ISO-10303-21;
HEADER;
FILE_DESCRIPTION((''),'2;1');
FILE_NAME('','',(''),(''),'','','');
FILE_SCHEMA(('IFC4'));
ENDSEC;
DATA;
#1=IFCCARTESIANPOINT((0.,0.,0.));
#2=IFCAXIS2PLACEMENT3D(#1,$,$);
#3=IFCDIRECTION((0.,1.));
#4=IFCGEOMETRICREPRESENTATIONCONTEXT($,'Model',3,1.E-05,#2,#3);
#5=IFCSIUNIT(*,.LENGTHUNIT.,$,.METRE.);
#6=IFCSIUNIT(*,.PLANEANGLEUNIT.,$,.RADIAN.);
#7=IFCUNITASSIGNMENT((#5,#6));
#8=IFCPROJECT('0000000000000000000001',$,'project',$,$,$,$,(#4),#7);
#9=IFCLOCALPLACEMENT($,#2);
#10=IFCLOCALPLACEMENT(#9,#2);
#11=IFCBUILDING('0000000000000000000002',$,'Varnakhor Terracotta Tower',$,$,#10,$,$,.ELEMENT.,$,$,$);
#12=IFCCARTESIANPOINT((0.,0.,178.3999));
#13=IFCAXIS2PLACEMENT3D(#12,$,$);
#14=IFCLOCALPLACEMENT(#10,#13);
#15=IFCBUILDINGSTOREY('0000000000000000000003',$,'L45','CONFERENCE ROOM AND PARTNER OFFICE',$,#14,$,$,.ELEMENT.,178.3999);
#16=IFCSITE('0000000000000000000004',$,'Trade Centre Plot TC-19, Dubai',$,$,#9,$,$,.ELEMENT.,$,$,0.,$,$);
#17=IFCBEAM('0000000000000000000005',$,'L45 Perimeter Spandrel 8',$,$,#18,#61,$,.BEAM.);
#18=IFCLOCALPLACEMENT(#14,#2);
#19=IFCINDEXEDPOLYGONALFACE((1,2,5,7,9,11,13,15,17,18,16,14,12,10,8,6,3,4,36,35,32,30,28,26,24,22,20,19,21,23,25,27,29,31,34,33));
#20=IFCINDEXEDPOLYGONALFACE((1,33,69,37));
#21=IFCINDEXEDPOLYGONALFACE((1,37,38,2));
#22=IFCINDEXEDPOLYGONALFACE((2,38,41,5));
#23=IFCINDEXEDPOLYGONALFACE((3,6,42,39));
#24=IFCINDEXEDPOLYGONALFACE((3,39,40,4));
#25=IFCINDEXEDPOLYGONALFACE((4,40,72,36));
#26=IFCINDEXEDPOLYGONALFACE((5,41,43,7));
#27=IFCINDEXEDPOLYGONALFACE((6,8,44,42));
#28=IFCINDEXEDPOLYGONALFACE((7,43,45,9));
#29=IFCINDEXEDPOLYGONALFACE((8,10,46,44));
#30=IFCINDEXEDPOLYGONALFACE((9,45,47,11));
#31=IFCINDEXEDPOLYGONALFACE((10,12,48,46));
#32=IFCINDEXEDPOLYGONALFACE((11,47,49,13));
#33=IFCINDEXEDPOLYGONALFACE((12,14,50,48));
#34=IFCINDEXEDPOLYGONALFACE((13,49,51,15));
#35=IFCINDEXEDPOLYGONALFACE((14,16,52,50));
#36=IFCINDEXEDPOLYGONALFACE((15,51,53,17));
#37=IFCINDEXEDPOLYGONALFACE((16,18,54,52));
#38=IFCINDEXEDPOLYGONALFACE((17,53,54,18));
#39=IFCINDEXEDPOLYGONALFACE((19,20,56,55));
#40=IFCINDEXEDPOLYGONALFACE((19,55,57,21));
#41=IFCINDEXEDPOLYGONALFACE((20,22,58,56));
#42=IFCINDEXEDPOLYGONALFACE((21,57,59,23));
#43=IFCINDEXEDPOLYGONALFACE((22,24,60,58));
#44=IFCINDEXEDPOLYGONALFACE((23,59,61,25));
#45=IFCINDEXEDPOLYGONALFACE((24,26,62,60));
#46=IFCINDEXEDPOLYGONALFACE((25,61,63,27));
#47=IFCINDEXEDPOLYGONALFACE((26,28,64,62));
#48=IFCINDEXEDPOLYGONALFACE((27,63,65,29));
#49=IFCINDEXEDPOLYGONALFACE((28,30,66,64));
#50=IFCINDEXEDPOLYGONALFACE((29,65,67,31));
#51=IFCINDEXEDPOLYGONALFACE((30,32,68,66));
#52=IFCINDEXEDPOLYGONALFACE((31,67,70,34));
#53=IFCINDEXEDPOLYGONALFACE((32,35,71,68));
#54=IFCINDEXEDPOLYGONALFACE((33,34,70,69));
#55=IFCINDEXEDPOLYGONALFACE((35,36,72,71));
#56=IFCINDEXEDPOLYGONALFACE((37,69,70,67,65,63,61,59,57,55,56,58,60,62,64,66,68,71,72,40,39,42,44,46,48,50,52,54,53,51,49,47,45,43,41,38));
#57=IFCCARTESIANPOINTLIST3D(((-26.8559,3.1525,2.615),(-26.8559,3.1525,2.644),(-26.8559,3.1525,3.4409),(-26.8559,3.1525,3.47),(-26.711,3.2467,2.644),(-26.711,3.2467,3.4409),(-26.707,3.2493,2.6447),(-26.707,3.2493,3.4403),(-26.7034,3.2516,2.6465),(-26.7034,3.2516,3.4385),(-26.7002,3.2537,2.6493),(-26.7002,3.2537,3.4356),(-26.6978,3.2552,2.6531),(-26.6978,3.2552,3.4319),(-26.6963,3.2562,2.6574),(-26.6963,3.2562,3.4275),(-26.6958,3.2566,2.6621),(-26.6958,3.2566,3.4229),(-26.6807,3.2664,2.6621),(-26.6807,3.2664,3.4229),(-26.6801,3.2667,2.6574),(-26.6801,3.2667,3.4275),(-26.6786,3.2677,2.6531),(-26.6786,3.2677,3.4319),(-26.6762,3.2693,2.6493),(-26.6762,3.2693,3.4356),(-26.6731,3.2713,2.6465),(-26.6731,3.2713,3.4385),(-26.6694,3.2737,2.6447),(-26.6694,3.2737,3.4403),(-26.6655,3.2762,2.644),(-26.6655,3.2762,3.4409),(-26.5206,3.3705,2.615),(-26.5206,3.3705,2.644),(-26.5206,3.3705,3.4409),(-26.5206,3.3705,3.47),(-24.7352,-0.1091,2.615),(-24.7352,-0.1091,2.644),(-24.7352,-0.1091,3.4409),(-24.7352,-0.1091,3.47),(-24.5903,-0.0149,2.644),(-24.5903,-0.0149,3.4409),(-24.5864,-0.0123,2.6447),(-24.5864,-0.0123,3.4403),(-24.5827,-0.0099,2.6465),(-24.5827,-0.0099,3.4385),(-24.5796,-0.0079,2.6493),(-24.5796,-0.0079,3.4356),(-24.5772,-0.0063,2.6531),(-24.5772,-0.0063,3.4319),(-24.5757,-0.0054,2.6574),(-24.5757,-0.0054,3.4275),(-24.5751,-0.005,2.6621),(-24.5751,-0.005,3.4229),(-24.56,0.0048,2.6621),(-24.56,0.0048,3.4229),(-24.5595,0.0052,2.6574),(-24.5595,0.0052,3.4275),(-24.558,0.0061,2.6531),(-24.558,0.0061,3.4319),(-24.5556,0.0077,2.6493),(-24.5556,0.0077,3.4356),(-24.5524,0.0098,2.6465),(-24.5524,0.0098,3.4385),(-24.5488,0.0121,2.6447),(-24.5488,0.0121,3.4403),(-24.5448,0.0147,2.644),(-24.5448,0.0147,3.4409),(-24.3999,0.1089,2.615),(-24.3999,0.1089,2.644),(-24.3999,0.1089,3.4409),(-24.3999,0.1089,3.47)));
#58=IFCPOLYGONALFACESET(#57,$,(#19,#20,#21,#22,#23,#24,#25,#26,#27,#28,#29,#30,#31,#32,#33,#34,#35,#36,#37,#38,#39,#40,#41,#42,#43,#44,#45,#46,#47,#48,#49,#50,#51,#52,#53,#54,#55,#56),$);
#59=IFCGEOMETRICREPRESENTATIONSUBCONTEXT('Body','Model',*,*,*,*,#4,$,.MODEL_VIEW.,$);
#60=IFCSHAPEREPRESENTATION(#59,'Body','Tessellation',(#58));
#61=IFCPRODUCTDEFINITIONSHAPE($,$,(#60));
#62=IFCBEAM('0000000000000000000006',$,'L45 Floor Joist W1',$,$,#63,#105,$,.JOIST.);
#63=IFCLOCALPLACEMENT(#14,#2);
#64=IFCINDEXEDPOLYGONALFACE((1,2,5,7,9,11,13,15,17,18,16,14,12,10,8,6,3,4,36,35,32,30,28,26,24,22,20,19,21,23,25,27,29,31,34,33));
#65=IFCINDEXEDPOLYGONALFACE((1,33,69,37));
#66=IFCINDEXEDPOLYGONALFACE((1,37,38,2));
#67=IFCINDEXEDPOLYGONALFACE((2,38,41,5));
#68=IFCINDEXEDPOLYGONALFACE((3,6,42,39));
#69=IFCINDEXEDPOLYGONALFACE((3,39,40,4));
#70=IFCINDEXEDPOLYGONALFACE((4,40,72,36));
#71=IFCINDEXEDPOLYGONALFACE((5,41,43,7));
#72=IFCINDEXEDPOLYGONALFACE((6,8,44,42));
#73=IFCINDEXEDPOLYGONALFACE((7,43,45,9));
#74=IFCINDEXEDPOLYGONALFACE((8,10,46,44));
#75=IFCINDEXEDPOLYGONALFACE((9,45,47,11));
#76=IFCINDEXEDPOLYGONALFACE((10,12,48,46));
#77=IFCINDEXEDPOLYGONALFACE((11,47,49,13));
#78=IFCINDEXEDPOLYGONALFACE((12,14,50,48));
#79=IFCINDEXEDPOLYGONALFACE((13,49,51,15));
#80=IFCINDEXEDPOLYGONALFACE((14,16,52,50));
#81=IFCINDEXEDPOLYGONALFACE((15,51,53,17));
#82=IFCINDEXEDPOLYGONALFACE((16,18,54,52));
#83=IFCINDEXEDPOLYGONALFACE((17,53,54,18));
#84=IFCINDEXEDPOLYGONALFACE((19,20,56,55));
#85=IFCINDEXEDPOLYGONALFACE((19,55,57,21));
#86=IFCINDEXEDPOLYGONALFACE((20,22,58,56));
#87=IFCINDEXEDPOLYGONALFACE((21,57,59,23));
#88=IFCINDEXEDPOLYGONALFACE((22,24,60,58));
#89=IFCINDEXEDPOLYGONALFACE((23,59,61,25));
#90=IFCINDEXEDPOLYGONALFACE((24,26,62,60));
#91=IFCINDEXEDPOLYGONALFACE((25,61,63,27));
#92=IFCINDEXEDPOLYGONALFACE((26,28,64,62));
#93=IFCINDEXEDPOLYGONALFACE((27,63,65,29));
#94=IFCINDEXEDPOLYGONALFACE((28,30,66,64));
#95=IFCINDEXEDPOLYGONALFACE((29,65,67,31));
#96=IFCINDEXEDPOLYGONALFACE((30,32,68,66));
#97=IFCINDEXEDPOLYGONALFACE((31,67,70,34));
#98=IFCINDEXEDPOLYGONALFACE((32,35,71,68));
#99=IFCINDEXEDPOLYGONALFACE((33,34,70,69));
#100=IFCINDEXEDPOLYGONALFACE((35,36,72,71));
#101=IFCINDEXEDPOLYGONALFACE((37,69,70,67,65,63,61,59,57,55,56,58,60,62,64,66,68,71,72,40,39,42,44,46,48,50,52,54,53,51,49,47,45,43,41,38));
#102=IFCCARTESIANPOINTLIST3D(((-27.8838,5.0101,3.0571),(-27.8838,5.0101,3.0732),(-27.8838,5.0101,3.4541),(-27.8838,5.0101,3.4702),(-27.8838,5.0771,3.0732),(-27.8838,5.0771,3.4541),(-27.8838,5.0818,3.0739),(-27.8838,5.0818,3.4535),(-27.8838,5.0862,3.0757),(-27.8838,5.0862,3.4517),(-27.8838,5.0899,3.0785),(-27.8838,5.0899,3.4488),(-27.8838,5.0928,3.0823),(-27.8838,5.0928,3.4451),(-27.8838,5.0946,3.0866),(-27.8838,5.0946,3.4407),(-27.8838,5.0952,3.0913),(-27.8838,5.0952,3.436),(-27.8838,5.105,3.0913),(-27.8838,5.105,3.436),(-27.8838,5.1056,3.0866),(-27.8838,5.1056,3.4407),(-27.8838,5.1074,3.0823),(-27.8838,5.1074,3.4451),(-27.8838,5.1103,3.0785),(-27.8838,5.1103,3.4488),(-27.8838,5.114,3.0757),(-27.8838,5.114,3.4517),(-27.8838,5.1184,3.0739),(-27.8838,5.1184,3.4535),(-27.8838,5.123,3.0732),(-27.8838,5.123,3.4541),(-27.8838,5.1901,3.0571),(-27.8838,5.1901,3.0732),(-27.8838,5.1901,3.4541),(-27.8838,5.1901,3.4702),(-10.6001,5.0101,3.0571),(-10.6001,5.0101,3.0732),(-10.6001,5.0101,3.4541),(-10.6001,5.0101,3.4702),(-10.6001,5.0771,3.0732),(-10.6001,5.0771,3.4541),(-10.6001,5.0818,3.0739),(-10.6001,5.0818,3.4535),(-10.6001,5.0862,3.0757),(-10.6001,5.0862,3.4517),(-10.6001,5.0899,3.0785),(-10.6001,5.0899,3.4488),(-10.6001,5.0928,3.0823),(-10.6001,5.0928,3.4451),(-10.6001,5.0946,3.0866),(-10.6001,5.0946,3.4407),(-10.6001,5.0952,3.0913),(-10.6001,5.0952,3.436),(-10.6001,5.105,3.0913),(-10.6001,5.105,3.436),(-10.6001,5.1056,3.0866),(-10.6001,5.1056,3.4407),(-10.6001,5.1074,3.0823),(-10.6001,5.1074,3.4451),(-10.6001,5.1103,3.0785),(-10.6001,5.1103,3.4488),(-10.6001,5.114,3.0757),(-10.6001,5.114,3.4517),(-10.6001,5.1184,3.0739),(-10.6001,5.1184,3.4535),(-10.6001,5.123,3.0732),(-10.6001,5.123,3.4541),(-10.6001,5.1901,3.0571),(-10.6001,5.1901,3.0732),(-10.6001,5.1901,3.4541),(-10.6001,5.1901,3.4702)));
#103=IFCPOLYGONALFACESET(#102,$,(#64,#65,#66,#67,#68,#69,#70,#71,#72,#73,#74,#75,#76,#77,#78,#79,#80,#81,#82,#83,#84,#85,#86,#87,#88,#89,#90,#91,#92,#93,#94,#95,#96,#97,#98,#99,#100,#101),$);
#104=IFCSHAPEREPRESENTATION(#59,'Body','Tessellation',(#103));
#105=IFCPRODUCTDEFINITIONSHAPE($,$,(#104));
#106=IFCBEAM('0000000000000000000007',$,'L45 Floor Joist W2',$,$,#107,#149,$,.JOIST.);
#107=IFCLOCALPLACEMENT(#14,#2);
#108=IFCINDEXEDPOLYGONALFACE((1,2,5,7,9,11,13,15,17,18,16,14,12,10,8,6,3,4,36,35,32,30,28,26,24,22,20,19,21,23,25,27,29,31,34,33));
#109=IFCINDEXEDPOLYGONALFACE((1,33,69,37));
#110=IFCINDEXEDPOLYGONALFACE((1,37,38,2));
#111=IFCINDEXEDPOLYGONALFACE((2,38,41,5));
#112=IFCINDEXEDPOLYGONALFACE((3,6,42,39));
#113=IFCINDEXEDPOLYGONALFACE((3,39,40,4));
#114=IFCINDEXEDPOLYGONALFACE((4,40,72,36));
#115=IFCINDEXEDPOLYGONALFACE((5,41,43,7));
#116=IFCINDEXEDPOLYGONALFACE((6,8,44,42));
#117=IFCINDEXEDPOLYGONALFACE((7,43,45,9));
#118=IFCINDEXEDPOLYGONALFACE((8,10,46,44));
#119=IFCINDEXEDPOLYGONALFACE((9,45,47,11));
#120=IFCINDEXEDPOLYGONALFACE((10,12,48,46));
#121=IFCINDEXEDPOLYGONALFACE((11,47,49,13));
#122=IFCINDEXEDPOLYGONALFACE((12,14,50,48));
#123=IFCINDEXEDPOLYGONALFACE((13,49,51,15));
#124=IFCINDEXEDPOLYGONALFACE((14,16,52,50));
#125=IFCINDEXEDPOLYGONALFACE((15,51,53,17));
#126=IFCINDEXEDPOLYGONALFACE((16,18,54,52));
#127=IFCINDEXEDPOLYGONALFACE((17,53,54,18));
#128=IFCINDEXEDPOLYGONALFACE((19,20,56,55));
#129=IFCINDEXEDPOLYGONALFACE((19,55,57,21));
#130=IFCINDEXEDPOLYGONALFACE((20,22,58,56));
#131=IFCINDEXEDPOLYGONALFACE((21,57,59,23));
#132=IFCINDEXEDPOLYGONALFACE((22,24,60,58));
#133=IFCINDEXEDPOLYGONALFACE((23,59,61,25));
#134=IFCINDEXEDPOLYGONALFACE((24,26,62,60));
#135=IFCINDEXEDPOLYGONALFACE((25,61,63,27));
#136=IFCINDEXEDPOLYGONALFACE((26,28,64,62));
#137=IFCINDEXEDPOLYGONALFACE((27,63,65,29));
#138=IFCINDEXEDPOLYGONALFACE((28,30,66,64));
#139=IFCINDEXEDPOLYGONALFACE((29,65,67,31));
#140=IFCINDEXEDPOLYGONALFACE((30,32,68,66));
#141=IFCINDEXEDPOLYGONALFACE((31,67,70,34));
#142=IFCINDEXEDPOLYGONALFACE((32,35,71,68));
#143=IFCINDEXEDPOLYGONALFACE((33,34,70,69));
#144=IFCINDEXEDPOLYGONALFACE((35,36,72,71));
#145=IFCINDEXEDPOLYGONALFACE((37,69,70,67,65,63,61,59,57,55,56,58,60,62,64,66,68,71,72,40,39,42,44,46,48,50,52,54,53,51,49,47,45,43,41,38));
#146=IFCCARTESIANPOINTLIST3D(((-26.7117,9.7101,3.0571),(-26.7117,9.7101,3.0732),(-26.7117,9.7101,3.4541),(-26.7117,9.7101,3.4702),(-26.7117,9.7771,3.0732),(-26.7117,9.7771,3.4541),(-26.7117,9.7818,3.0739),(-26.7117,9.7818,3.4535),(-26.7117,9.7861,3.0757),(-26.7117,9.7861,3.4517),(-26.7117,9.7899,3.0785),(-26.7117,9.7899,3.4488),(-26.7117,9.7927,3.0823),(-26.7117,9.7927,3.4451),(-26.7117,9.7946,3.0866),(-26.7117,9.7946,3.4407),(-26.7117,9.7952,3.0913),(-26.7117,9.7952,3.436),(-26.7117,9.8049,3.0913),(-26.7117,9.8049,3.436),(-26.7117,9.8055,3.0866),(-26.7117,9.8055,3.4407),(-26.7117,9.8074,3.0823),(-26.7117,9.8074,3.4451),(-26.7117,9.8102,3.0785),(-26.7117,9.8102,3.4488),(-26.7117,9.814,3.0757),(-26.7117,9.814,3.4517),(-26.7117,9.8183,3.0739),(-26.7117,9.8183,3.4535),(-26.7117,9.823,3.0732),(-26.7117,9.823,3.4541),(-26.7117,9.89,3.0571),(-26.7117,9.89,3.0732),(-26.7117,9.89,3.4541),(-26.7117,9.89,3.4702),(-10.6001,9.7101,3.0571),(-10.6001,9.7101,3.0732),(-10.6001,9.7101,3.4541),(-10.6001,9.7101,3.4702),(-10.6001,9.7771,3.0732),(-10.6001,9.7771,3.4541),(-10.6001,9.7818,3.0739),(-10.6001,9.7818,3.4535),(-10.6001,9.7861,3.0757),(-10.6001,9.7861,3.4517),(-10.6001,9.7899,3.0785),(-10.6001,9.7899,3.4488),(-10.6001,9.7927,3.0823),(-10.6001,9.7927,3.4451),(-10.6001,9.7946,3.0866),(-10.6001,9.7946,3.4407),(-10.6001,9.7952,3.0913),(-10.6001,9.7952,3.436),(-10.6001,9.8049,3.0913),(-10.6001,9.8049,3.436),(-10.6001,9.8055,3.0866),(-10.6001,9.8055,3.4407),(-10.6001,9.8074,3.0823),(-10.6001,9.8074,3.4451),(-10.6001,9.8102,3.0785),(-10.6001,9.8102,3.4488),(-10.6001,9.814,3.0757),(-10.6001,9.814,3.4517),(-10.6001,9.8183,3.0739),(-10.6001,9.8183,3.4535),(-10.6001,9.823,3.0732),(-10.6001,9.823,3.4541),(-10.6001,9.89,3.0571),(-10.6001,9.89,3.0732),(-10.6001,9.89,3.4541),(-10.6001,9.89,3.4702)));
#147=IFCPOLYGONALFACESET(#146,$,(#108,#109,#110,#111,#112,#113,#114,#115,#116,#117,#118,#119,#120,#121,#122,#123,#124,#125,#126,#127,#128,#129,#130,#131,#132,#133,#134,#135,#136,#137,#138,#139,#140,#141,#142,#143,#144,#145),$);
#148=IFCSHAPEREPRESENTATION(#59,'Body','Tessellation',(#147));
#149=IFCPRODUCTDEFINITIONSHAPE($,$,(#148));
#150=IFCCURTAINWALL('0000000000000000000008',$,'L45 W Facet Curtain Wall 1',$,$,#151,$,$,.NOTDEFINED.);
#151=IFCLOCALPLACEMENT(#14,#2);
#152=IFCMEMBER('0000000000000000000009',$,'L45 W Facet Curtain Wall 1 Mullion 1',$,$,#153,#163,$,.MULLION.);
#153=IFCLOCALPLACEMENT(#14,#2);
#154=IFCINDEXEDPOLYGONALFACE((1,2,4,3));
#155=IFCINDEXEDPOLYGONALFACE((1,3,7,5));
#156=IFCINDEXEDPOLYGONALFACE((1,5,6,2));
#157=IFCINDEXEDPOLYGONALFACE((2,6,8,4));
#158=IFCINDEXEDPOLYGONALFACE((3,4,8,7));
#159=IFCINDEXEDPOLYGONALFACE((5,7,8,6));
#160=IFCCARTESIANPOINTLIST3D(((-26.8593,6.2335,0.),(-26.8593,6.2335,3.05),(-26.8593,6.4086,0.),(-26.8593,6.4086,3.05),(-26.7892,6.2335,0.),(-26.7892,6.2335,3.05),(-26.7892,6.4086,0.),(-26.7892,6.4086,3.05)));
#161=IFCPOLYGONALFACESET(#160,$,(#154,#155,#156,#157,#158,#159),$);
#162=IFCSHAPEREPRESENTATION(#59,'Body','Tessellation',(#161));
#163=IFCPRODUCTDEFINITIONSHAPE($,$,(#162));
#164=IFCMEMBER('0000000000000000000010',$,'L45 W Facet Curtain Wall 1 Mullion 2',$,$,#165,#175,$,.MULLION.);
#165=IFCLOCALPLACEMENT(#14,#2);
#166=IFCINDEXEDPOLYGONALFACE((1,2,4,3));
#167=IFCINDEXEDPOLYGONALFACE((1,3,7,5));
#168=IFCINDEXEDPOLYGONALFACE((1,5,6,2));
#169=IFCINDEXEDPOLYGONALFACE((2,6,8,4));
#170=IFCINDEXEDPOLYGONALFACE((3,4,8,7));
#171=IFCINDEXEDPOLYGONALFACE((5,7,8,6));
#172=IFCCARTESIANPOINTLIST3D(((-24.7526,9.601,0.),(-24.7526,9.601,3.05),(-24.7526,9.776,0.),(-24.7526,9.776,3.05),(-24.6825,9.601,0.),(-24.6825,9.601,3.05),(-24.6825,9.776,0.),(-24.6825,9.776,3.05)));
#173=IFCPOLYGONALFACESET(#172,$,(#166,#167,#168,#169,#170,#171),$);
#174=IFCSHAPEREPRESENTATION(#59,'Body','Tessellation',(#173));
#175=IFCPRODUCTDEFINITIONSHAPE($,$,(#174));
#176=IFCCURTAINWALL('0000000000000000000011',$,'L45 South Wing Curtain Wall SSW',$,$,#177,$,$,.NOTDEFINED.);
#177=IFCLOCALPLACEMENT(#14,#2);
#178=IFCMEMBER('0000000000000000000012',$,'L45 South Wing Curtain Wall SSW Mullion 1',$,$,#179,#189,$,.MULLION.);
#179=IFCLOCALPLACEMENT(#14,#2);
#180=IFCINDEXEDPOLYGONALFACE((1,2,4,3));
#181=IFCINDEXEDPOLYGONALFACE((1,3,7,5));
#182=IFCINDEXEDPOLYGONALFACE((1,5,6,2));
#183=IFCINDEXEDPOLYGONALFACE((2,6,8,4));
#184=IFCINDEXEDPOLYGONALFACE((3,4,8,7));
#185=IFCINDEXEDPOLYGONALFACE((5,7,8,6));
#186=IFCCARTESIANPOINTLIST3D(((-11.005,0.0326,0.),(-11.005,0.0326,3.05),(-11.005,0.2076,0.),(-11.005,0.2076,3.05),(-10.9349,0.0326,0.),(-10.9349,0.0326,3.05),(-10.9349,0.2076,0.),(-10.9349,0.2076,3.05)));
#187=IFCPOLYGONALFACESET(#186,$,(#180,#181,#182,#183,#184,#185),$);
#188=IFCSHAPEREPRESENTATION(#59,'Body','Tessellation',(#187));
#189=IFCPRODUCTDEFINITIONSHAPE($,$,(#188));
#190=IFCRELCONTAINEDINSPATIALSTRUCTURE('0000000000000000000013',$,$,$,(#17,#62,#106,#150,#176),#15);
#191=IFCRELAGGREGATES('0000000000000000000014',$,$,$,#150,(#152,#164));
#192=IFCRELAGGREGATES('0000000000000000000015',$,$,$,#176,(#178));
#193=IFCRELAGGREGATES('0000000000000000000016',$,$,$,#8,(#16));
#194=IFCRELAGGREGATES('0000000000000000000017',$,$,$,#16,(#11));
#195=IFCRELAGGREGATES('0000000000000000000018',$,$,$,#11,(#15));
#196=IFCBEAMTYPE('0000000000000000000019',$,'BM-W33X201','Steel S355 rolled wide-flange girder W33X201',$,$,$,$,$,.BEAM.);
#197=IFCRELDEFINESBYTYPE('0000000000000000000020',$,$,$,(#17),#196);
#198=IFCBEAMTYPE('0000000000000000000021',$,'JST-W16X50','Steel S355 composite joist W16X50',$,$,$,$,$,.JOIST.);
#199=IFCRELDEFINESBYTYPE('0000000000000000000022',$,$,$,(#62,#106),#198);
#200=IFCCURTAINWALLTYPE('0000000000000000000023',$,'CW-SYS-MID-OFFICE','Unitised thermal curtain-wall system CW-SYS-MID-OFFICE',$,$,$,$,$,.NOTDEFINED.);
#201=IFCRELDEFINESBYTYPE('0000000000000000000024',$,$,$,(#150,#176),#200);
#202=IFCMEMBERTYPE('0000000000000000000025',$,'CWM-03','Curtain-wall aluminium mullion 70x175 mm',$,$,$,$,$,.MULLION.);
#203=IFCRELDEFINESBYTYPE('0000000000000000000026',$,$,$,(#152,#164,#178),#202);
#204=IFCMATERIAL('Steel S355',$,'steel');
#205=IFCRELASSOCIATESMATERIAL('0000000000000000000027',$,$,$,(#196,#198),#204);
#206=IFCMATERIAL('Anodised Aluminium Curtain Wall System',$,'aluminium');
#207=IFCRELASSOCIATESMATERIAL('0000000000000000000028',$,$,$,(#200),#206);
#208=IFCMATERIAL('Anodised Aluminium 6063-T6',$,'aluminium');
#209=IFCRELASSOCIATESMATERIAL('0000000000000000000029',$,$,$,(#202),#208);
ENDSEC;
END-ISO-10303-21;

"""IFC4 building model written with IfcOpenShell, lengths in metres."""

from ifc_helpers import new_model, si_unit, direction, frame, origin, origin_2d, place, context, subcontext, project, spatial, rectangle, i_section, extrude, source, transform, mapped, material, material_profile, profile_set, type_object, element, aggregate, save


model = new_model("IFC4")

# Units and contexts
model_context = context("Model", 3, precision=1e-05, world=origin(), true_north=direction((0.0, 1.0)))
body_context = subcontext(model_context, "Body", "Model", "MODEL_VIEW")
ifc_project = project(units=[si_unit("LENGTHUNIT", "METRE"), si_unit("PLANEANGLEUNIT", "RADIAN")], contexts=[model_context])

# Site, building, storey
site_placement = place(None, origin())
site = spatial("IfcSite", under=ifc_project, at=site_placement, Name="Trade Centre Plot TC-19, Dubai", CompositionType="ELEMENT", RefElevation=0.0)
building_placement = place(site_placement, origin())
building = spatial("IfcBuilding", under=site, at=building_placement, Name="Varnakhor Terracotta Tower", CompositionType="ELEMENT")
storey_placement = place(building_placement, frame((0.0, 0.0, 178.3999)))
storey = spatial("IfcBuildingStorey", under=building, at=storey_placement, Name="L45", Description="CONFERENCE ROOM AND PARTNER OFFICE", CompositionType="ELEMENT", Elevation=178.3999)

# Beams
ifc_material_1 = material(Name="Steel S355", Category="steel")
ifc_material_profile_1 = material_profile(ifc_material_1, i_section(OverallWidth=0.3999, OverallDepth=0.855, WebThickness=0.0181, FlangeThickness=0.0291, FilletRadius=0.0181, at=origin_2d()), Name="W33X201")
ifc_profile_set_1 = profile_set([ifc_material_profile_1], Name="Steel S355")
beam_type_1 = type_object("IfcBeamType", Name="BM-W33X201", Description="Steel S355 rolled wide-flange girder W33X201", PredefinedType="BEAM", material=ifc_profile_set_1)
shared_shape_1 = source(origin(), body_context, "Body", "SweptSolid", [
    extrude(i_section(OverallWidth=0.3999, OverallDepth=0.855, WebThickness=0.0181, FlangeThickness=0.0291, FilletRadius=0.0181, at=origin_2d()), origin(), (0.0, 0.0, 1.0), 3.8904),
])
beam_1_placement = place(storey_placement, frame((-26.6882, 3.2615, 3.0425), z_axis=(0.545105, -0.838368, 0.0), x_axis=(0.838368, 0.545105, 0.0)))
element("IfcBeam", 1, at=beam_1_placement, inside=storey, type_object=beam_type_1, Name="L45 Perimeter Spandrel 8", PredefinedType="BEAM", context=body_context, shape_type="MappedRepresentation", body=[
    mapped(shared_shape_1, transform((0.0, 0.0, 0.0), scale=1.0)),
])
ifc_material_profile_2 = material_profile(ifc_material_1, i_section(OverallWidth=0.1799, OverallDepth=0.4131, WebThickness=0.0098, FlangeThickness=0.0161, FilletRadius=0.0181, at=origin_2d()), Name="W16X50")
ifc_profile_set_2 = profile_set([ifc_material_profile_2], Name="Steel S355")
beam_type_2 = type_object("IfcBeamType", Name="JST-W16X50", Description="Steel S355 composite joist W16X50", PredefinedType="JOIST", material=ifc_profile_set_2)
shared_shape_2 = source(origin(), body_context, "Body", "SweptSolid", [
    extrude(i_section(OverallWidth=0.1799, OverallDepth=0.4131, WebThickness=0.0098, FlangeThickness=0.0161, FilletRadius=0.0181, at=origin_2d()), origin(), (0.0, 0.0, 1.0), 17.2837),
])
beam_2_placement = place(storey_placement, frame((-27.8838, 5.1001, 3.2637), z_axis=(1.0, 0.0, 0.0), x_axis=(0.0, 1.0, 0.0)))
element("IfcBeam", 2, at=beam_2_placement, inside=storey, type_object=beam_type_2, Name="L45 Floor Joist W1", PredefinedType="JOIST", context=body_context, shape_type="MappedRepresentation", body=[
    mapped(shared_shape_2, transform((0.0, 0.0, 0.0), scale=1.0)),
])
shared_shape_3 = source(origin(), body_context, "Body", "SweptSolid", [
    extrude(i_section(OverallWidth=0.1799, OverallDepth=0.4131, WebThickness=0.0098, FlangeThickness=0.0161, FilletRadius=0.0181, at=origin_2d()), origin(), (0.0, 0.0, 1.0), 16.1116),
])
beam_3_placement = place(storey_placement, frame((-26.7117, 9.8, 3.2637), z_axis=(1.0, 0.0, 0.0), x_axis=(0.0, 1.0, 0.0)))
element("IfcBeam", 3, at=beam_3_placement, inside=storey, type_object=beam_type_2, Name="L45 Floor Joist W2", PredefinedType="JOIST", context=body_context, shape_type="MappedRepresentation", body=[
    mapped(shared_shape_3, transform((0.0, 0.0, 0.0), scale=1.0)),
])

# Curtain walls, members
ifc_material_2 = material(Name="Anodised Aluminium Curtain Wall System", Category="aluminium")
curtain_wall_type = type_object("IfcCurtainWallType", Name="CW-SYS-MID-OFFICE", Description="Unitised thermal curtain-wall system CW-SYS-MID-OFFICE", PredefinedType="NOTDEFINED", material=ifc_material_2)
curtain_wall_1_placement = place(storey_placement, origin())
curtain_wall_1 = element("IfcCurtainWall", 4, at=curtain_wall_1_placement, inside=storey, type_object=curtain_wall_type, Name="L45 W Facet Curtain Wall 1", PredefinedType="NOTDEFINED")
ifc_material_3 = material(Name="Anodised Aluminium 6063-T6", Category="aluminium")
ifc_material_profile_3 = material_profile(ifc_material_3, rectangle(XDim=0.0701, YDim=0.175, at=origin_2d()), Name="ALU MULLION 70x175")
ifc_profile_set_3 = profile_set([ifc_material_profile_3], Name="Anodised Aluminium 6063-T6")
member_type_1 = type_object("IfcMemberType", Name="CWM-03", Description="Curtain-wall aluminium mullion 70x175 mm", PredefinedType="MULLION", material=ifc_profile_set_3)
shared_shape_4 = source(origin(), body_context, "Body", "SweptSolid", [
    extrude(rectangle(XDim=0.0701, YDim=0.175, at=origin_2d()), origin(), (0.0, 0.0, 1.0), 3.05),
])
member_1_placement = place(storey_placement, frame((-26.8242, 6.321, 0.0), z_axis=(0.0, 0.0, 1.0), x_axis=(1.0, 0.0, 0.0)))
member_1 = element("IfcMember", 5, at=member_1_placement, type_object=member_type_1, Name="L45 W Facet Curtain Wall 1 Mullion 1", PredefinedType="MULLION", context=body_context, shape_type="MappedRepresentation", body=[
    mapped(shared_shape_4, transform((0.0, 0.0, 0.0), scale=1.0)),
])
member_2_placement = place(storey_placement, frame((-24.7175, 9.6885, 0.0), z_axis=(0.0, 0.0, 1.0), x_axis=(1.0, 0.0, 0.0)))
member_2 = element("IfcMember", 6, at=member_2_placement, type_object=member_type_1, Name="L45 W Facet Curtain Wall 1 Mullion 2", PredefinedType="MULLION", context=body_context, shape_type="MappedRepresentation", body=[
    mapped(shared_shape_4, transform((0.0, 0.0, 0.0), scale=1.0)),
])
curtain_wall_2_placement = place(storey_placement, origin())
curtain_wall_2 = element("IfcCurtainWall", 7, at=curtain_wall_2_placement, inside=storey, type_object=curtain_wall_type, Name="L45 South Wing Curtain Wall SSW", PredefinedType="NOTDEFINED")
member_3_placement = place(storey_placement, frame((-10.97, 0.1201, 0.0), z_axis=(0.0, 0.0, 1.0), x_axis=(1.0, 0.0, 0.0)))
member_3 = element("IfcMember", 8, at=member_3_placement, type_object=member_type_1, Name="L45 South Wing Curtain Wall SSW Mullion 1", PredefinedType="MULLION", context=body_context, shape_type="MappedRepresentation", body=[
    mapped(shared_shape_4, transform((0.0, 0.0, 0.0), scale=1.0)),
])

aggregate(curtain_wall_1, [member_1, member_2])
aggregate(curtain_wall_2, [member_3])

save(model, "model.ifc")
